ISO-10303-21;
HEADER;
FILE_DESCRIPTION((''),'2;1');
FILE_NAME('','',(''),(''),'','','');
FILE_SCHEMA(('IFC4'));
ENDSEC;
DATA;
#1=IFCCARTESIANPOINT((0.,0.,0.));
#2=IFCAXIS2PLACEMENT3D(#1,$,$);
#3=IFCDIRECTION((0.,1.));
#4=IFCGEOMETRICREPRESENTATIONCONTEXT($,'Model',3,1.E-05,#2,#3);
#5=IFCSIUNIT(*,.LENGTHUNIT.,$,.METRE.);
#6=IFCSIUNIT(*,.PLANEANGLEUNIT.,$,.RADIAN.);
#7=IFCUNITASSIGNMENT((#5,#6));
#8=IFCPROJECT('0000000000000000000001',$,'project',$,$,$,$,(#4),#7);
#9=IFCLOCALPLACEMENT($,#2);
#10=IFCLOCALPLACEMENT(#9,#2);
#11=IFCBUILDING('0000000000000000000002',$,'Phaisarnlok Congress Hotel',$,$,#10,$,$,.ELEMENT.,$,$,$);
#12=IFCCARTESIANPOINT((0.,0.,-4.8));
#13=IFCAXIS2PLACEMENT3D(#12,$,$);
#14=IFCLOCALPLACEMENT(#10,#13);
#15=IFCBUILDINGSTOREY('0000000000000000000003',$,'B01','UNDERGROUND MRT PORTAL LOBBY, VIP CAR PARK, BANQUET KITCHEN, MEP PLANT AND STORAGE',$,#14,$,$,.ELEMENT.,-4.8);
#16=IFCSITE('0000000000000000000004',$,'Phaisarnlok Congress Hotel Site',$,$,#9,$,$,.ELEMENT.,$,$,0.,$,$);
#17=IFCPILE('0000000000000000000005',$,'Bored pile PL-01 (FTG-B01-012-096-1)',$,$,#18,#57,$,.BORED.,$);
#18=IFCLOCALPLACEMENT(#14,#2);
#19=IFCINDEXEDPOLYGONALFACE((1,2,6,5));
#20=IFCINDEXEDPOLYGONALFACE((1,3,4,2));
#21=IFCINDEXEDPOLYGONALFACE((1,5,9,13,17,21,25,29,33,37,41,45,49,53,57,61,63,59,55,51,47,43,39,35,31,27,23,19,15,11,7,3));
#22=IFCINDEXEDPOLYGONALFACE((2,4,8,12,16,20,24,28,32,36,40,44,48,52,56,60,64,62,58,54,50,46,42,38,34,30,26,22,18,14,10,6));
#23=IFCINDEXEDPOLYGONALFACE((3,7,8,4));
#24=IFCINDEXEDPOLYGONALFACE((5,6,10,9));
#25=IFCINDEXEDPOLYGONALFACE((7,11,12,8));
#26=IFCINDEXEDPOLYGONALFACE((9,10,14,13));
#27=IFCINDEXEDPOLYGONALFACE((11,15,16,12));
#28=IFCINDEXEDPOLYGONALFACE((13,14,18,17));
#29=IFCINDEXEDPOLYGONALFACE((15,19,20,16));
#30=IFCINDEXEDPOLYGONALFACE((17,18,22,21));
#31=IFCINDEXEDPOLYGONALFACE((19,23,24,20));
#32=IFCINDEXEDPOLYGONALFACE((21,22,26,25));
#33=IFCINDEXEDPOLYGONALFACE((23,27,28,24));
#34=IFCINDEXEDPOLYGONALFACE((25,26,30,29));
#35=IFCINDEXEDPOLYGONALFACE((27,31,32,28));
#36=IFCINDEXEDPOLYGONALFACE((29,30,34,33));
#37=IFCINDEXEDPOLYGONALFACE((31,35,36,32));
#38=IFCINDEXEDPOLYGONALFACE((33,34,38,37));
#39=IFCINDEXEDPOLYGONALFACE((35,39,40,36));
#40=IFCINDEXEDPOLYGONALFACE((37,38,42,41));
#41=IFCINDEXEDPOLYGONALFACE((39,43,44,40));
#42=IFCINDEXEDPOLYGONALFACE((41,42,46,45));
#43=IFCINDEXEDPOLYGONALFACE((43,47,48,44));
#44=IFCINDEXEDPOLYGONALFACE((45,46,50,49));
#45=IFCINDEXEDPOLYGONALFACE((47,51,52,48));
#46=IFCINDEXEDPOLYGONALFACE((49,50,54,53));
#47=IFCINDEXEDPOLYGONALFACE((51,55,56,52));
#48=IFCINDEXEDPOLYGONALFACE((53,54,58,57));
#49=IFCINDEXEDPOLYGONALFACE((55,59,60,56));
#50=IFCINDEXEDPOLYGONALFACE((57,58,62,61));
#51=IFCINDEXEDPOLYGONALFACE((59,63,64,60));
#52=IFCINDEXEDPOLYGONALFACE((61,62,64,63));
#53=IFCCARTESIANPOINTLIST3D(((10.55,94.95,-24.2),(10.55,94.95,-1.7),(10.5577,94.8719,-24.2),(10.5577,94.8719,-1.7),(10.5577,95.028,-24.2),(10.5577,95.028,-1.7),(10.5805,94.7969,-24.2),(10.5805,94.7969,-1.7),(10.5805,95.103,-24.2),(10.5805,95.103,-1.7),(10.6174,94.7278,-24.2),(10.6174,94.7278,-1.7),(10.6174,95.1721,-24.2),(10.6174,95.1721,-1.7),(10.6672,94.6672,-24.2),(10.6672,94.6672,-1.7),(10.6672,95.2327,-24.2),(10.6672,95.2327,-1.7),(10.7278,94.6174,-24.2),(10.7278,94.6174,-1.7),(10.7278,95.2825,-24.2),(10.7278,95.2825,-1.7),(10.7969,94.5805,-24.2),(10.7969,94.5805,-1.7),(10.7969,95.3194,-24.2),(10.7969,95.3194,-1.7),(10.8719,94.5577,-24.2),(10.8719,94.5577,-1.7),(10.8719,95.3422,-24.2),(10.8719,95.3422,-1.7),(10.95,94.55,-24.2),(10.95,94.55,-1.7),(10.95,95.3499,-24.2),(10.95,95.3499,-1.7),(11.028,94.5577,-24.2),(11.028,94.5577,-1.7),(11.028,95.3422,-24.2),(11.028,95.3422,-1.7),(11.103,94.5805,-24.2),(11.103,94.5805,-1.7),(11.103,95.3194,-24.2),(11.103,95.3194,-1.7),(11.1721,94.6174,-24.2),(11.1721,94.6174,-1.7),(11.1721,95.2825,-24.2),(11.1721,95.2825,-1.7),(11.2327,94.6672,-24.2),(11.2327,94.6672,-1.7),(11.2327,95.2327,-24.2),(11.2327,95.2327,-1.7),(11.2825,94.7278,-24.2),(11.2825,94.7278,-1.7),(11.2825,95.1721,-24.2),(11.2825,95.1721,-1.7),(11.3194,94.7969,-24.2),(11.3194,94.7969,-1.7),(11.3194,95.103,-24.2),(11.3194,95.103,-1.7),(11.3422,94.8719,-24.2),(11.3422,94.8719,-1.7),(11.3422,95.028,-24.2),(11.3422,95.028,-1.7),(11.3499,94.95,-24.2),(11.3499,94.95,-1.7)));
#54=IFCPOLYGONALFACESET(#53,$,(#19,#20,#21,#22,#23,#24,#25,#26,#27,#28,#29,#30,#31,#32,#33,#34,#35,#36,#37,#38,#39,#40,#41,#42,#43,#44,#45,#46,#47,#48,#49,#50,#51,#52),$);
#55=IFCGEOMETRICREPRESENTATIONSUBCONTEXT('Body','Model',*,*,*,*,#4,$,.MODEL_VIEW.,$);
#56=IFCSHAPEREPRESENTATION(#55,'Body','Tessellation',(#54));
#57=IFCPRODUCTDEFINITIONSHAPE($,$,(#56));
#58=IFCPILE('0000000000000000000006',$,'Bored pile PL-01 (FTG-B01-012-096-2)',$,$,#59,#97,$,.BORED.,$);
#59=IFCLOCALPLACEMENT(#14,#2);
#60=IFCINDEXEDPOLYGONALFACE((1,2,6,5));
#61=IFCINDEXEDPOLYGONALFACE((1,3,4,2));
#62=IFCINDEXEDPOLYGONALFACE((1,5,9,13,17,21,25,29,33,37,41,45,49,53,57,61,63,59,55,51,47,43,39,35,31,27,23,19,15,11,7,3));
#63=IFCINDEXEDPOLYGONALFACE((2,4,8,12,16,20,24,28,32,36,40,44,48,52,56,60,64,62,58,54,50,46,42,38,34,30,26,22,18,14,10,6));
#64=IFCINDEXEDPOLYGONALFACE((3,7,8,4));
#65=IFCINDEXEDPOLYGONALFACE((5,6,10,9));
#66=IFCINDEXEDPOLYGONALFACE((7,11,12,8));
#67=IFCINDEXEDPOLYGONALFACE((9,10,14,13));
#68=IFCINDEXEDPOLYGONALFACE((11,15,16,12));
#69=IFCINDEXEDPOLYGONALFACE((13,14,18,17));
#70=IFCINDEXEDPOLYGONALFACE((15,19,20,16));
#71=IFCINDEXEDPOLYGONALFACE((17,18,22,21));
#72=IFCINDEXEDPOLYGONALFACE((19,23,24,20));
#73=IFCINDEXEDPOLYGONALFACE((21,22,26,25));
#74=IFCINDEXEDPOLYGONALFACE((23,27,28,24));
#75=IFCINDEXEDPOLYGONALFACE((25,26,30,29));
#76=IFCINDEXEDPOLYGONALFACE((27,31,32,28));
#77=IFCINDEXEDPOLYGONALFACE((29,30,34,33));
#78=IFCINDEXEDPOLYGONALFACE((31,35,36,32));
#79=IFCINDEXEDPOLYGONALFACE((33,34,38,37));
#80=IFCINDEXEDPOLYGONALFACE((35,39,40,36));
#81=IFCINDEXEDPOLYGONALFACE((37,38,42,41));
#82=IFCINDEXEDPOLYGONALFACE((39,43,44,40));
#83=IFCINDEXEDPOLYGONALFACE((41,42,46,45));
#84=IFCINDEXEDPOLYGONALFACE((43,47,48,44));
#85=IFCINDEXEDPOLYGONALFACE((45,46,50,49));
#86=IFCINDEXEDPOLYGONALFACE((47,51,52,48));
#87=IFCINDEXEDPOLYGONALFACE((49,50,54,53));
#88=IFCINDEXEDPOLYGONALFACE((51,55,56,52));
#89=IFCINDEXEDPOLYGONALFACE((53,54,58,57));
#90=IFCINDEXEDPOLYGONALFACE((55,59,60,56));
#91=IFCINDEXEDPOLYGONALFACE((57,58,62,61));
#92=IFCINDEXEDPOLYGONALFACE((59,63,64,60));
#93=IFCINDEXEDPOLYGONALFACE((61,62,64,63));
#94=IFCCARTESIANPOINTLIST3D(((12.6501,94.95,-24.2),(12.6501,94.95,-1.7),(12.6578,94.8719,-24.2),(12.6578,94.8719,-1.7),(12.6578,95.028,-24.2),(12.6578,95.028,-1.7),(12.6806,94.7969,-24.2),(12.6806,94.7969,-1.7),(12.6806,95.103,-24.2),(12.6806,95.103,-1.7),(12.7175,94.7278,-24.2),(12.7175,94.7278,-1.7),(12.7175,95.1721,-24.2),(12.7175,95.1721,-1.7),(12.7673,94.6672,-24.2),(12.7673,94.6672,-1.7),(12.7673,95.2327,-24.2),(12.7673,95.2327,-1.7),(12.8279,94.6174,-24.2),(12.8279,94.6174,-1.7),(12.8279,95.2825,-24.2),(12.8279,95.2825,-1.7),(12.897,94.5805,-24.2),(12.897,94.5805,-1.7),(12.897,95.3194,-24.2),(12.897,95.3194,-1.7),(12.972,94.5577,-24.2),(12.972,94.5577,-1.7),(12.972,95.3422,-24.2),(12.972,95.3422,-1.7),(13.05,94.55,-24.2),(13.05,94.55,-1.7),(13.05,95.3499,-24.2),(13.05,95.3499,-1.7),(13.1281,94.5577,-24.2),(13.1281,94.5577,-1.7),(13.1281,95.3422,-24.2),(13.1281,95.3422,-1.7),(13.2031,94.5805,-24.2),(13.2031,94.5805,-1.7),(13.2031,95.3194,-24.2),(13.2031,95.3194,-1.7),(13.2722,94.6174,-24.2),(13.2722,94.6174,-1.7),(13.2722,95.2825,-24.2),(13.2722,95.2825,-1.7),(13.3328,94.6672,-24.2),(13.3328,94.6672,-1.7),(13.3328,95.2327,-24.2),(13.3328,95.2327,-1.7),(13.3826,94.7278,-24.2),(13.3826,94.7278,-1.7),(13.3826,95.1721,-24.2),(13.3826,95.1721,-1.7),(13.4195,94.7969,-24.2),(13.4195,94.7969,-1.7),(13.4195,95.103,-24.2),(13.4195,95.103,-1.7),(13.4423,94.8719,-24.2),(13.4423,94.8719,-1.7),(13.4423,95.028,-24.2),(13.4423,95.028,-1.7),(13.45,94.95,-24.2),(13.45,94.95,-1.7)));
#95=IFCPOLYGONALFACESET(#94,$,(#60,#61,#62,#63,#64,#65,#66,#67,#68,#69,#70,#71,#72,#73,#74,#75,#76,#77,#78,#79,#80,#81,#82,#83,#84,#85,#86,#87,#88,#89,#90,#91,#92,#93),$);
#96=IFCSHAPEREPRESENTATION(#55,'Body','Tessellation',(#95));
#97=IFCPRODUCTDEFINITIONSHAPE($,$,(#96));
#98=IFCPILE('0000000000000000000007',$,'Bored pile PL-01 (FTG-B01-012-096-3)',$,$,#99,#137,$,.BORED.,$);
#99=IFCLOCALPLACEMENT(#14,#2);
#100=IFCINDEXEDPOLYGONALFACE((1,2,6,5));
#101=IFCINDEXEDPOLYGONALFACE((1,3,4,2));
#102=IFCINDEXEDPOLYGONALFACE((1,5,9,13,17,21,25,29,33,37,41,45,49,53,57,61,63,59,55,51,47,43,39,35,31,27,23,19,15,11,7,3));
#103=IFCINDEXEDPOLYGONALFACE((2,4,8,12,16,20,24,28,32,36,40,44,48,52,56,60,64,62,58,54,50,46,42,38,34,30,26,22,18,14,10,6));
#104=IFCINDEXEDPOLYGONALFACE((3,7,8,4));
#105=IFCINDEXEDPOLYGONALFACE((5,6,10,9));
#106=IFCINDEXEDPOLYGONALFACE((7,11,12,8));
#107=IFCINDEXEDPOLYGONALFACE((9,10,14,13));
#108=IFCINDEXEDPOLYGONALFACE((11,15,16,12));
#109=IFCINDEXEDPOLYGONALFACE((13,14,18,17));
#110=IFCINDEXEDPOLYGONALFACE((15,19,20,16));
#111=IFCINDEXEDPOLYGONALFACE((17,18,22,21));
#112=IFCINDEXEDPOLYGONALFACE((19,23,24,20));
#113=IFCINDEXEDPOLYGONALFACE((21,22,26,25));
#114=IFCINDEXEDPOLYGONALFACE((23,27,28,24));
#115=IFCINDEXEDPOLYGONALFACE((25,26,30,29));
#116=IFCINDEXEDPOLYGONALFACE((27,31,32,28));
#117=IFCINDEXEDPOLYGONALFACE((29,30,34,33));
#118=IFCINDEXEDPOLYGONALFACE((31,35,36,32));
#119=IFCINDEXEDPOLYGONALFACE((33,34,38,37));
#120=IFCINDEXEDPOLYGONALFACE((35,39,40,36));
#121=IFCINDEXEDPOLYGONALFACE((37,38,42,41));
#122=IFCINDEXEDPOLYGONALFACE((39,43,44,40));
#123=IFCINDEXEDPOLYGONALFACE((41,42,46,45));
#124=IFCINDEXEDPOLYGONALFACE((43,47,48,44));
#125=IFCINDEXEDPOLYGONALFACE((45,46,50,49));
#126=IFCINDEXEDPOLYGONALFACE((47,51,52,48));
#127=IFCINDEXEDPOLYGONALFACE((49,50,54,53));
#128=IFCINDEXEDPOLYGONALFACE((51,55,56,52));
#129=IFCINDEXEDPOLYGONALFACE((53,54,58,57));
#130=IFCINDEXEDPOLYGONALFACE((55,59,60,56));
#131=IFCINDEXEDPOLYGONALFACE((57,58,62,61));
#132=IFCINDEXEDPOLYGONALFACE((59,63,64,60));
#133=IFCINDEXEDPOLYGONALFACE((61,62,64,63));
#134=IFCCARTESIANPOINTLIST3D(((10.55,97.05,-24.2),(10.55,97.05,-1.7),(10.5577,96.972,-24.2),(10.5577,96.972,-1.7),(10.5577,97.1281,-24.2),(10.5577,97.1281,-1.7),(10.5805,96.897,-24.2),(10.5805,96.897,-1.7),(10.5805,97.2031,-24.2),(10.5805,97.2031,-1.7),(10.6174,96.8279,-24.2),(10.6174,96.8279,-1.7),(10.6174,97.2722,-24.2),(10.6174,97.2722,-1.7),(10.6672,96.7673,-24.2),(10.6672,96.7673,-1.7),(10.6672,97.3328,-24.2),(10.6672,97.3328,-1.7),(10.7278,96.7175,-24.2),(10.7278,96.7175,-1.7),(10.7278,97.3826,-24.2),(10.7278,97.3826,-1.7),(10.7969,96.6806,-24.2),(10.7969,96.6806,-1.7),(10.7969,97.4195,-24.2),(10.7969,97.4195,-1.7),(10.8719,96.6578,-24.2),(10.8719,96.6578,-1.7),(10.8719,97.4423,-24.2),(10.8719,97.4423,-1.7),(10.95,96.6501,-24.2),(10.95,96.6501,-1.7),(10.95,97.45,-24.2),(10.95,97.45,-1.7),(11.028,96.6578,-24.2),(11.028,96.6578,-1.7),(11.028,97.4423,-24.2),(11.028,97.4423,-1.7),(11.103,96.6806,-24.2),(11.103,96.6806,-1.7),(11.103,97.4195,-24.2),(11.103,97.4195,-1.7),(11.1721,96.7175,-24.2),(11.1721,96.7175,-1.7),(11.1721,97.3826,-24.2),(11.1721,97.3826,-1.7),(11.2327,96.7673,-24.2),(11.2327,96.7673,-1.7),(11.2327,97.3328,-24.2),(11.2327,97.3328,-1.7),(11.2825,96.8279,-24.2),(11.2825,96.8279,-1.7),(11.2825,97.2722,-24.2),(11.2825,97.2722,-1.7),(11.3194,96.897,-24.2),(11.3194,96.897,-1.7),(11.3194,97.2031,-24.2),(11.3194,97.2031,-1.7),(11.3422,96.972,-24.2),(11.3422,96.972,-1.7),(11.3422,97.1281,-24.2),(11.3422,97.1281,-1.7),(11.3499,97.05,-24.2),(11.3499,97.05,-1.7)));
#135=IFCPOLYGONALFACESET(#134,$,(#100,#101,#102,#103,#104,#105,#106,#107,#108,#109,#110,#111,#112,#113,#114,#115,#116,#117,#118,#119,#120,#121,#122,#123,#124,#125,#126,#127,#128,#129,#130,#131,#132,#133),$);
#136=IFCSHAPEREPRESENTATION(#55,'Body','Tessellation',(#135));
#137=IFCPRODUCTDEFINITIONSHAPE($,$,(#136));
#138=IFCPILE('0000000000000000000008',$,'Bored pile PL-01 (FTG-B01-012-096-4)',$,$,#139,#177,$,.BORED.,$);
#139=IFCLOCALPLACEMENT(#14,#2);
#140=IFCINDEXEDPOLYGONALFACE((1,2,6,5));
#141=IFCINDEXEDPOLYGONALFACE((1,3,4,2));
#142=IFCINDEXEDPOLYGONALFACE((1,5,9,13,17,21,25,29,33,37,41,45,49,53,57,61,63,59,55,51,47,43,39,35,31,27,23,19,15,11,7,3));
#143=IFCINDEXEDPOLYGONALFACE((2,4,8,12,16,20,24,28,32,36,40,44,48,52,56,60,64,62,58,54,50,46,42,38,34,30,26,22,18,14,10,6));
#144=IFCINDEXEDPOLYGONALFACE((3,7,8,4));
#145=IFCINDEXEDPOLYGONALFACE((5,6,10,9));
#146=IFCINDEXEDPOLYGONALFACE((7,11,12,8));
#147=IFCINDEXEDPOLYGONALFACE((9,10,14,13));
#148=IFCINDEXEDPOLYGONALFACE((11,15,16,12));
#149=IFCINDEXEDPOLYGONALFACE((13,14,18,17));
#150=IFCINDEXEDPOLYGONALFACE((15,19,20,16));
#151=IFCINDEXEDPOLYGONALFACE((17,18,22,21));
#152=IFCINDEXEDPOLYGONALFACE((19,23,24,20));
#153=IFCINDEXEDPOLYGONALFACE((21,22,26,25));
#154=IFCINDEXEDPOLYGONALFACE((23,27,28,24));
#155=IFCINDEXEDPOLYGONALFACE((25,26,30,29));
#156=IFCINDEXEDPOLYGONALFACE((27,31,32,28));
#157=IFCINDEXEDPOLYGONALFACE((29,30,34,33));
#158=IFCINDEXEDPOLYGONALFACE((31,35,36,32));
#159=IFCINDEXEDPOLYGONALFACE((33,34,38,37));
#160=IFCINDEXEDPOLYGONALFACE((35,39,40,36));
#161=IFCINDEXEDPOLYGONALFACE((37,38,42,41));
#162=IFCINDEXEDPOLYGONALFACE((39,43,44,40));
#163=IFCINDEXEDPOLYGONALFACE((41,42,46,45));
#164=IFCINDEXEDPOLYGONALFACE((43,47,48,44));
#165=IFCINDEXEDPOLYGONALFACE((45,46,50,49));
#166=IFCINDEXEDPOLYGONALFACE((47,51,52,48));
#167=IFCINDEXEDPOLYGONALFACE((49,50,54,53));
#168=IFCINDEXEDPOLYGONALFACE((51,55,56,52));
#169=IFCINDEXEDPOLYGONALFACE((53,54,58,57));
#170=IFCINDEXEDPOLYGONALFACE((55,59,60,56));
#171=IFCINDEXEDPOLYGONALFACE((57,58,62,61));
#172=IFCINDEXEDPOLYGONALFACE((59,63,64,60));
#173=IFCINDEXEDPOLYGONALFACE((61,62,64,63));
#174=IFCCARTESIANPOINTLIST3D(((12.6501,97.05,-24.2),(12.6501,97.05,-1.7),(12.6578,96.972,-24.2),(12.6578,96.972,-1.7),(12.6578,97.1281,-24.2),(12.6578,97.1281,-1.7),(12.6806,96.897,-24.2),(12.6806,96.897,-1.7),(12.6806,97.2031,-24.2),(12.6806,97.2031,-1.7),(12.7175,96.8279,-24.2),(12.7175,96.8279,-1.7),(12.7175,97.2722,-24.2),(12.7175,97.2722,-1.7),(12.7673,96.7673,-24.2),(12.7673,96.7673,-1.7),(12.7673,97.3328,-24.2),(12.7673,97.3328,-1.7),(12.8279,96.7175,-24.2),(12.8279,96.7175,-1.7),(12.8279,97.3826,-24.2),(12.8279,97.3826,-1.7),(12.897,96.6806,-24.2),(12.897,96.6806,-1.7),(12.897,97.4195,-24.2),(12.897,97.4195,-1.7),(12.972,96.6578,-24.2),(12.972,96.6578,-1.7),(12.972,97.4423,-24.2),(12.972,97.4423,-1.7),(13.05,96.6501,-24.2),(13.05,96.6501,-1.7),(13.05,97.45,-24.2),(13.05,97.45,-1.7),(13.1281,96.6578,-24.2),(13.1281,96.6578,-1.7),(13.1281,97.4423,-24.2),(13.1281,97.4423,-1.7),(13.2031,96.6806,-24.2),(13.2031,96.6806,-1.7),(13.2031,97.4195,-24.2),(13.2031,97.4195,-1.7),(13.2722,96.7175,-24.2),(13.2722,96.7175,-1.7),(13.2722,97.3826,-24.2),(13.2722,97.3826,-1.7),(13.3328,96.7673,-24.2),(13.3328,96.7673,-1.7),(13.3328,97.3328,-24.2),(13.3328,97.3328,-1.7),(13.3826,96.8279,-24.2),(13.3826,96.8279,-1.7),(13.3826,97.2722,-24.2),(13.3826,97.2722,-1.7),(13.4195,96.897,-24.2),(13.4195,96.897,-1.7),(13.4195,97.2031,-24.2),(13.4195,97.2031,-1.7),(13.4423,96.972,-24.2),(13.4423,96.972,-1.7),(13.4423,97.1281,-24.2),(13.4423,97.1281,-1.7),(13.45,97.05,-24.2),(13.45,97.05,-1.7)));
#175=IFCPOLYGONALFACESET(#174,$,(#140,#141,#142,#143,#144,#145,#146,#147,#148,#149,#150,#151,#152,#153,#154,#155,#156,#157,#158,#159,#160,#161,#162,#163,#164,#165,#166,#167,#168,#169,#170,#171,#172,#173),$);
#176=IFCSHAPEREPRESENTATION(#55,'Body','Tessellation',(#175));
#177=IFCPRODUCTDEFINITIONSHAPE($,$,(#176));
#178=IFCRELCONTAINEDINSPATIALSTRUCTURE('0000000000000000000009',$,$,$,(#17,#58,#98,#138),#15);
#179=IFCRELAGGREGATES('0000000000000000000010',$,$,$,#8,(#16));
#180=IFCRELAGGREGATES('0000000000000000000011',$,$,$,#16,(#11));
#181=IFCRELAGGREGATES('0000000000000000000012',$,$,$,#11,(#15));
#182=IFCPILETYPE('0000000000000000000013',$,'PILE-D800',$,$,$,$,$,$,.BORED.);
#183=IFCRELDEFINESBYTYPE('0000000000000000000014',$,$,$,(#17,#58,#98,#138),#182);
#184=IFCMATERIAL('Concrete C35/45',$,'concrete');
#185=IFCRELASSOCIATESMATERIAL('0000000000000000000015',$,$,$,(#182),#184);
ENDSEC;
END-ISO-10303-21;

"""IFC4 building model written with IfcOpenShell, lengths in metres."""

from ifc_helpers import new_model, si_unit, direction, frame, origin, origin_2d, place, context, subcontext, project, spatial, circle, extrude, material, material_profile, profile_set, type_object, element, save


model = new_model("IFC4")

# Units and contexts
model_context = context("Model", 3, precision=1e-05, world=origin(), true_north=direction((0.0, 1.0)))
body_context = subcontext(model_context, "Body", "Model", "MODEL_VIEW")
ifc_project = project(units=[si_unit("LENGTHUNIT", "METRE"), si_unit("PLANEANGLEUNIT", "RADIAN")], contexts=[model_context])

# Site, building, storey
site_placement = place(None, origin())
site = spatial("IfcSite", under=ifc_project, at=site_placement, Name="Phaisarnlok Congress Hotel Site", CompositionType="ELEMENT", RefElevation=0.0)
building_placement = place(site_placement, origin())
building = spatial("IfcBuilding", under=site, at=building_placement, Name="Phaisarnlok Congress Hotel", CompositionType="ELEMENT")
storey_placement = place(building_placement, frame((0.0, 0.0, -4.8)))
storey = spatial("IfcBuildingStorey", under=building, at=storey_placement, Name="B01", Description="UNDERGROUND MRT PORTAL LOBBY, VIP CAR PARK, BANQUET KITCHEN, MEP PLANT AND STORAGE", CompositionType="ELEMENT", Elevation=-4.8)

# Piles
ifc_material_1 = material(Name="Concrete C35/45", Category="concrete")
ifc_material_profile_1 = material_profile(ifc_material_1, circle(Radius=0.3999, at=origin_2d()), Name="BORED PILE D800")
ifc_profile_set_1 = profile_set([ifc_material_profile_1], Name="Concrete C35/45")
pile_type_1 = type_object("IfcPileType", Name="PILE-D800", PredefinedType="BORED", material=ifc_profile_set_1)
for number, where, z_axis, x_axis, name in (
    (1, (10.95, 94.95, -1.7), (0.0, 0.0, -1.0), (1.0, 0.0, 0.0), "Bored pile PL-01 (FTG-B01-012-096-1)"),
    (2, (13.05, 94.95, -1.7), (0.0, 0.0, -1.0), (1.0, 0.0, 0.0), "Bored pile PL-01 (FTG-B01-012-096-2)"),
    (3, (10.95, 97.05, -1.7), (0.0, 0.0, -1.0), (1.0, 0.0, 0.0), "Bored pile PL-01 (FTG-B01-012-096-3)"),
    (4, (13.05, 97.05, -1.7), (0.0, 0.0, -1.0), (1.0, 0.0, 0.0), "Bored pile PL-01 (FTG-B01-012-096-4)"),
):
    element("IfcPile", number, at=place(storey_placement, frame(where, z_axis=z_axis, x_axis=x_axis)), inside=storey, type_object=pile_type_1, Name=name, PredefinedType="BORED", context=body_context, shape_type="SweptSolid", body=[
        extrude(circle(Radius=0.3999, at=origin_2d()), origin(), (0.0, 0.0, 1.0), 22.5),
    ])

save(model, "model.ifc")
